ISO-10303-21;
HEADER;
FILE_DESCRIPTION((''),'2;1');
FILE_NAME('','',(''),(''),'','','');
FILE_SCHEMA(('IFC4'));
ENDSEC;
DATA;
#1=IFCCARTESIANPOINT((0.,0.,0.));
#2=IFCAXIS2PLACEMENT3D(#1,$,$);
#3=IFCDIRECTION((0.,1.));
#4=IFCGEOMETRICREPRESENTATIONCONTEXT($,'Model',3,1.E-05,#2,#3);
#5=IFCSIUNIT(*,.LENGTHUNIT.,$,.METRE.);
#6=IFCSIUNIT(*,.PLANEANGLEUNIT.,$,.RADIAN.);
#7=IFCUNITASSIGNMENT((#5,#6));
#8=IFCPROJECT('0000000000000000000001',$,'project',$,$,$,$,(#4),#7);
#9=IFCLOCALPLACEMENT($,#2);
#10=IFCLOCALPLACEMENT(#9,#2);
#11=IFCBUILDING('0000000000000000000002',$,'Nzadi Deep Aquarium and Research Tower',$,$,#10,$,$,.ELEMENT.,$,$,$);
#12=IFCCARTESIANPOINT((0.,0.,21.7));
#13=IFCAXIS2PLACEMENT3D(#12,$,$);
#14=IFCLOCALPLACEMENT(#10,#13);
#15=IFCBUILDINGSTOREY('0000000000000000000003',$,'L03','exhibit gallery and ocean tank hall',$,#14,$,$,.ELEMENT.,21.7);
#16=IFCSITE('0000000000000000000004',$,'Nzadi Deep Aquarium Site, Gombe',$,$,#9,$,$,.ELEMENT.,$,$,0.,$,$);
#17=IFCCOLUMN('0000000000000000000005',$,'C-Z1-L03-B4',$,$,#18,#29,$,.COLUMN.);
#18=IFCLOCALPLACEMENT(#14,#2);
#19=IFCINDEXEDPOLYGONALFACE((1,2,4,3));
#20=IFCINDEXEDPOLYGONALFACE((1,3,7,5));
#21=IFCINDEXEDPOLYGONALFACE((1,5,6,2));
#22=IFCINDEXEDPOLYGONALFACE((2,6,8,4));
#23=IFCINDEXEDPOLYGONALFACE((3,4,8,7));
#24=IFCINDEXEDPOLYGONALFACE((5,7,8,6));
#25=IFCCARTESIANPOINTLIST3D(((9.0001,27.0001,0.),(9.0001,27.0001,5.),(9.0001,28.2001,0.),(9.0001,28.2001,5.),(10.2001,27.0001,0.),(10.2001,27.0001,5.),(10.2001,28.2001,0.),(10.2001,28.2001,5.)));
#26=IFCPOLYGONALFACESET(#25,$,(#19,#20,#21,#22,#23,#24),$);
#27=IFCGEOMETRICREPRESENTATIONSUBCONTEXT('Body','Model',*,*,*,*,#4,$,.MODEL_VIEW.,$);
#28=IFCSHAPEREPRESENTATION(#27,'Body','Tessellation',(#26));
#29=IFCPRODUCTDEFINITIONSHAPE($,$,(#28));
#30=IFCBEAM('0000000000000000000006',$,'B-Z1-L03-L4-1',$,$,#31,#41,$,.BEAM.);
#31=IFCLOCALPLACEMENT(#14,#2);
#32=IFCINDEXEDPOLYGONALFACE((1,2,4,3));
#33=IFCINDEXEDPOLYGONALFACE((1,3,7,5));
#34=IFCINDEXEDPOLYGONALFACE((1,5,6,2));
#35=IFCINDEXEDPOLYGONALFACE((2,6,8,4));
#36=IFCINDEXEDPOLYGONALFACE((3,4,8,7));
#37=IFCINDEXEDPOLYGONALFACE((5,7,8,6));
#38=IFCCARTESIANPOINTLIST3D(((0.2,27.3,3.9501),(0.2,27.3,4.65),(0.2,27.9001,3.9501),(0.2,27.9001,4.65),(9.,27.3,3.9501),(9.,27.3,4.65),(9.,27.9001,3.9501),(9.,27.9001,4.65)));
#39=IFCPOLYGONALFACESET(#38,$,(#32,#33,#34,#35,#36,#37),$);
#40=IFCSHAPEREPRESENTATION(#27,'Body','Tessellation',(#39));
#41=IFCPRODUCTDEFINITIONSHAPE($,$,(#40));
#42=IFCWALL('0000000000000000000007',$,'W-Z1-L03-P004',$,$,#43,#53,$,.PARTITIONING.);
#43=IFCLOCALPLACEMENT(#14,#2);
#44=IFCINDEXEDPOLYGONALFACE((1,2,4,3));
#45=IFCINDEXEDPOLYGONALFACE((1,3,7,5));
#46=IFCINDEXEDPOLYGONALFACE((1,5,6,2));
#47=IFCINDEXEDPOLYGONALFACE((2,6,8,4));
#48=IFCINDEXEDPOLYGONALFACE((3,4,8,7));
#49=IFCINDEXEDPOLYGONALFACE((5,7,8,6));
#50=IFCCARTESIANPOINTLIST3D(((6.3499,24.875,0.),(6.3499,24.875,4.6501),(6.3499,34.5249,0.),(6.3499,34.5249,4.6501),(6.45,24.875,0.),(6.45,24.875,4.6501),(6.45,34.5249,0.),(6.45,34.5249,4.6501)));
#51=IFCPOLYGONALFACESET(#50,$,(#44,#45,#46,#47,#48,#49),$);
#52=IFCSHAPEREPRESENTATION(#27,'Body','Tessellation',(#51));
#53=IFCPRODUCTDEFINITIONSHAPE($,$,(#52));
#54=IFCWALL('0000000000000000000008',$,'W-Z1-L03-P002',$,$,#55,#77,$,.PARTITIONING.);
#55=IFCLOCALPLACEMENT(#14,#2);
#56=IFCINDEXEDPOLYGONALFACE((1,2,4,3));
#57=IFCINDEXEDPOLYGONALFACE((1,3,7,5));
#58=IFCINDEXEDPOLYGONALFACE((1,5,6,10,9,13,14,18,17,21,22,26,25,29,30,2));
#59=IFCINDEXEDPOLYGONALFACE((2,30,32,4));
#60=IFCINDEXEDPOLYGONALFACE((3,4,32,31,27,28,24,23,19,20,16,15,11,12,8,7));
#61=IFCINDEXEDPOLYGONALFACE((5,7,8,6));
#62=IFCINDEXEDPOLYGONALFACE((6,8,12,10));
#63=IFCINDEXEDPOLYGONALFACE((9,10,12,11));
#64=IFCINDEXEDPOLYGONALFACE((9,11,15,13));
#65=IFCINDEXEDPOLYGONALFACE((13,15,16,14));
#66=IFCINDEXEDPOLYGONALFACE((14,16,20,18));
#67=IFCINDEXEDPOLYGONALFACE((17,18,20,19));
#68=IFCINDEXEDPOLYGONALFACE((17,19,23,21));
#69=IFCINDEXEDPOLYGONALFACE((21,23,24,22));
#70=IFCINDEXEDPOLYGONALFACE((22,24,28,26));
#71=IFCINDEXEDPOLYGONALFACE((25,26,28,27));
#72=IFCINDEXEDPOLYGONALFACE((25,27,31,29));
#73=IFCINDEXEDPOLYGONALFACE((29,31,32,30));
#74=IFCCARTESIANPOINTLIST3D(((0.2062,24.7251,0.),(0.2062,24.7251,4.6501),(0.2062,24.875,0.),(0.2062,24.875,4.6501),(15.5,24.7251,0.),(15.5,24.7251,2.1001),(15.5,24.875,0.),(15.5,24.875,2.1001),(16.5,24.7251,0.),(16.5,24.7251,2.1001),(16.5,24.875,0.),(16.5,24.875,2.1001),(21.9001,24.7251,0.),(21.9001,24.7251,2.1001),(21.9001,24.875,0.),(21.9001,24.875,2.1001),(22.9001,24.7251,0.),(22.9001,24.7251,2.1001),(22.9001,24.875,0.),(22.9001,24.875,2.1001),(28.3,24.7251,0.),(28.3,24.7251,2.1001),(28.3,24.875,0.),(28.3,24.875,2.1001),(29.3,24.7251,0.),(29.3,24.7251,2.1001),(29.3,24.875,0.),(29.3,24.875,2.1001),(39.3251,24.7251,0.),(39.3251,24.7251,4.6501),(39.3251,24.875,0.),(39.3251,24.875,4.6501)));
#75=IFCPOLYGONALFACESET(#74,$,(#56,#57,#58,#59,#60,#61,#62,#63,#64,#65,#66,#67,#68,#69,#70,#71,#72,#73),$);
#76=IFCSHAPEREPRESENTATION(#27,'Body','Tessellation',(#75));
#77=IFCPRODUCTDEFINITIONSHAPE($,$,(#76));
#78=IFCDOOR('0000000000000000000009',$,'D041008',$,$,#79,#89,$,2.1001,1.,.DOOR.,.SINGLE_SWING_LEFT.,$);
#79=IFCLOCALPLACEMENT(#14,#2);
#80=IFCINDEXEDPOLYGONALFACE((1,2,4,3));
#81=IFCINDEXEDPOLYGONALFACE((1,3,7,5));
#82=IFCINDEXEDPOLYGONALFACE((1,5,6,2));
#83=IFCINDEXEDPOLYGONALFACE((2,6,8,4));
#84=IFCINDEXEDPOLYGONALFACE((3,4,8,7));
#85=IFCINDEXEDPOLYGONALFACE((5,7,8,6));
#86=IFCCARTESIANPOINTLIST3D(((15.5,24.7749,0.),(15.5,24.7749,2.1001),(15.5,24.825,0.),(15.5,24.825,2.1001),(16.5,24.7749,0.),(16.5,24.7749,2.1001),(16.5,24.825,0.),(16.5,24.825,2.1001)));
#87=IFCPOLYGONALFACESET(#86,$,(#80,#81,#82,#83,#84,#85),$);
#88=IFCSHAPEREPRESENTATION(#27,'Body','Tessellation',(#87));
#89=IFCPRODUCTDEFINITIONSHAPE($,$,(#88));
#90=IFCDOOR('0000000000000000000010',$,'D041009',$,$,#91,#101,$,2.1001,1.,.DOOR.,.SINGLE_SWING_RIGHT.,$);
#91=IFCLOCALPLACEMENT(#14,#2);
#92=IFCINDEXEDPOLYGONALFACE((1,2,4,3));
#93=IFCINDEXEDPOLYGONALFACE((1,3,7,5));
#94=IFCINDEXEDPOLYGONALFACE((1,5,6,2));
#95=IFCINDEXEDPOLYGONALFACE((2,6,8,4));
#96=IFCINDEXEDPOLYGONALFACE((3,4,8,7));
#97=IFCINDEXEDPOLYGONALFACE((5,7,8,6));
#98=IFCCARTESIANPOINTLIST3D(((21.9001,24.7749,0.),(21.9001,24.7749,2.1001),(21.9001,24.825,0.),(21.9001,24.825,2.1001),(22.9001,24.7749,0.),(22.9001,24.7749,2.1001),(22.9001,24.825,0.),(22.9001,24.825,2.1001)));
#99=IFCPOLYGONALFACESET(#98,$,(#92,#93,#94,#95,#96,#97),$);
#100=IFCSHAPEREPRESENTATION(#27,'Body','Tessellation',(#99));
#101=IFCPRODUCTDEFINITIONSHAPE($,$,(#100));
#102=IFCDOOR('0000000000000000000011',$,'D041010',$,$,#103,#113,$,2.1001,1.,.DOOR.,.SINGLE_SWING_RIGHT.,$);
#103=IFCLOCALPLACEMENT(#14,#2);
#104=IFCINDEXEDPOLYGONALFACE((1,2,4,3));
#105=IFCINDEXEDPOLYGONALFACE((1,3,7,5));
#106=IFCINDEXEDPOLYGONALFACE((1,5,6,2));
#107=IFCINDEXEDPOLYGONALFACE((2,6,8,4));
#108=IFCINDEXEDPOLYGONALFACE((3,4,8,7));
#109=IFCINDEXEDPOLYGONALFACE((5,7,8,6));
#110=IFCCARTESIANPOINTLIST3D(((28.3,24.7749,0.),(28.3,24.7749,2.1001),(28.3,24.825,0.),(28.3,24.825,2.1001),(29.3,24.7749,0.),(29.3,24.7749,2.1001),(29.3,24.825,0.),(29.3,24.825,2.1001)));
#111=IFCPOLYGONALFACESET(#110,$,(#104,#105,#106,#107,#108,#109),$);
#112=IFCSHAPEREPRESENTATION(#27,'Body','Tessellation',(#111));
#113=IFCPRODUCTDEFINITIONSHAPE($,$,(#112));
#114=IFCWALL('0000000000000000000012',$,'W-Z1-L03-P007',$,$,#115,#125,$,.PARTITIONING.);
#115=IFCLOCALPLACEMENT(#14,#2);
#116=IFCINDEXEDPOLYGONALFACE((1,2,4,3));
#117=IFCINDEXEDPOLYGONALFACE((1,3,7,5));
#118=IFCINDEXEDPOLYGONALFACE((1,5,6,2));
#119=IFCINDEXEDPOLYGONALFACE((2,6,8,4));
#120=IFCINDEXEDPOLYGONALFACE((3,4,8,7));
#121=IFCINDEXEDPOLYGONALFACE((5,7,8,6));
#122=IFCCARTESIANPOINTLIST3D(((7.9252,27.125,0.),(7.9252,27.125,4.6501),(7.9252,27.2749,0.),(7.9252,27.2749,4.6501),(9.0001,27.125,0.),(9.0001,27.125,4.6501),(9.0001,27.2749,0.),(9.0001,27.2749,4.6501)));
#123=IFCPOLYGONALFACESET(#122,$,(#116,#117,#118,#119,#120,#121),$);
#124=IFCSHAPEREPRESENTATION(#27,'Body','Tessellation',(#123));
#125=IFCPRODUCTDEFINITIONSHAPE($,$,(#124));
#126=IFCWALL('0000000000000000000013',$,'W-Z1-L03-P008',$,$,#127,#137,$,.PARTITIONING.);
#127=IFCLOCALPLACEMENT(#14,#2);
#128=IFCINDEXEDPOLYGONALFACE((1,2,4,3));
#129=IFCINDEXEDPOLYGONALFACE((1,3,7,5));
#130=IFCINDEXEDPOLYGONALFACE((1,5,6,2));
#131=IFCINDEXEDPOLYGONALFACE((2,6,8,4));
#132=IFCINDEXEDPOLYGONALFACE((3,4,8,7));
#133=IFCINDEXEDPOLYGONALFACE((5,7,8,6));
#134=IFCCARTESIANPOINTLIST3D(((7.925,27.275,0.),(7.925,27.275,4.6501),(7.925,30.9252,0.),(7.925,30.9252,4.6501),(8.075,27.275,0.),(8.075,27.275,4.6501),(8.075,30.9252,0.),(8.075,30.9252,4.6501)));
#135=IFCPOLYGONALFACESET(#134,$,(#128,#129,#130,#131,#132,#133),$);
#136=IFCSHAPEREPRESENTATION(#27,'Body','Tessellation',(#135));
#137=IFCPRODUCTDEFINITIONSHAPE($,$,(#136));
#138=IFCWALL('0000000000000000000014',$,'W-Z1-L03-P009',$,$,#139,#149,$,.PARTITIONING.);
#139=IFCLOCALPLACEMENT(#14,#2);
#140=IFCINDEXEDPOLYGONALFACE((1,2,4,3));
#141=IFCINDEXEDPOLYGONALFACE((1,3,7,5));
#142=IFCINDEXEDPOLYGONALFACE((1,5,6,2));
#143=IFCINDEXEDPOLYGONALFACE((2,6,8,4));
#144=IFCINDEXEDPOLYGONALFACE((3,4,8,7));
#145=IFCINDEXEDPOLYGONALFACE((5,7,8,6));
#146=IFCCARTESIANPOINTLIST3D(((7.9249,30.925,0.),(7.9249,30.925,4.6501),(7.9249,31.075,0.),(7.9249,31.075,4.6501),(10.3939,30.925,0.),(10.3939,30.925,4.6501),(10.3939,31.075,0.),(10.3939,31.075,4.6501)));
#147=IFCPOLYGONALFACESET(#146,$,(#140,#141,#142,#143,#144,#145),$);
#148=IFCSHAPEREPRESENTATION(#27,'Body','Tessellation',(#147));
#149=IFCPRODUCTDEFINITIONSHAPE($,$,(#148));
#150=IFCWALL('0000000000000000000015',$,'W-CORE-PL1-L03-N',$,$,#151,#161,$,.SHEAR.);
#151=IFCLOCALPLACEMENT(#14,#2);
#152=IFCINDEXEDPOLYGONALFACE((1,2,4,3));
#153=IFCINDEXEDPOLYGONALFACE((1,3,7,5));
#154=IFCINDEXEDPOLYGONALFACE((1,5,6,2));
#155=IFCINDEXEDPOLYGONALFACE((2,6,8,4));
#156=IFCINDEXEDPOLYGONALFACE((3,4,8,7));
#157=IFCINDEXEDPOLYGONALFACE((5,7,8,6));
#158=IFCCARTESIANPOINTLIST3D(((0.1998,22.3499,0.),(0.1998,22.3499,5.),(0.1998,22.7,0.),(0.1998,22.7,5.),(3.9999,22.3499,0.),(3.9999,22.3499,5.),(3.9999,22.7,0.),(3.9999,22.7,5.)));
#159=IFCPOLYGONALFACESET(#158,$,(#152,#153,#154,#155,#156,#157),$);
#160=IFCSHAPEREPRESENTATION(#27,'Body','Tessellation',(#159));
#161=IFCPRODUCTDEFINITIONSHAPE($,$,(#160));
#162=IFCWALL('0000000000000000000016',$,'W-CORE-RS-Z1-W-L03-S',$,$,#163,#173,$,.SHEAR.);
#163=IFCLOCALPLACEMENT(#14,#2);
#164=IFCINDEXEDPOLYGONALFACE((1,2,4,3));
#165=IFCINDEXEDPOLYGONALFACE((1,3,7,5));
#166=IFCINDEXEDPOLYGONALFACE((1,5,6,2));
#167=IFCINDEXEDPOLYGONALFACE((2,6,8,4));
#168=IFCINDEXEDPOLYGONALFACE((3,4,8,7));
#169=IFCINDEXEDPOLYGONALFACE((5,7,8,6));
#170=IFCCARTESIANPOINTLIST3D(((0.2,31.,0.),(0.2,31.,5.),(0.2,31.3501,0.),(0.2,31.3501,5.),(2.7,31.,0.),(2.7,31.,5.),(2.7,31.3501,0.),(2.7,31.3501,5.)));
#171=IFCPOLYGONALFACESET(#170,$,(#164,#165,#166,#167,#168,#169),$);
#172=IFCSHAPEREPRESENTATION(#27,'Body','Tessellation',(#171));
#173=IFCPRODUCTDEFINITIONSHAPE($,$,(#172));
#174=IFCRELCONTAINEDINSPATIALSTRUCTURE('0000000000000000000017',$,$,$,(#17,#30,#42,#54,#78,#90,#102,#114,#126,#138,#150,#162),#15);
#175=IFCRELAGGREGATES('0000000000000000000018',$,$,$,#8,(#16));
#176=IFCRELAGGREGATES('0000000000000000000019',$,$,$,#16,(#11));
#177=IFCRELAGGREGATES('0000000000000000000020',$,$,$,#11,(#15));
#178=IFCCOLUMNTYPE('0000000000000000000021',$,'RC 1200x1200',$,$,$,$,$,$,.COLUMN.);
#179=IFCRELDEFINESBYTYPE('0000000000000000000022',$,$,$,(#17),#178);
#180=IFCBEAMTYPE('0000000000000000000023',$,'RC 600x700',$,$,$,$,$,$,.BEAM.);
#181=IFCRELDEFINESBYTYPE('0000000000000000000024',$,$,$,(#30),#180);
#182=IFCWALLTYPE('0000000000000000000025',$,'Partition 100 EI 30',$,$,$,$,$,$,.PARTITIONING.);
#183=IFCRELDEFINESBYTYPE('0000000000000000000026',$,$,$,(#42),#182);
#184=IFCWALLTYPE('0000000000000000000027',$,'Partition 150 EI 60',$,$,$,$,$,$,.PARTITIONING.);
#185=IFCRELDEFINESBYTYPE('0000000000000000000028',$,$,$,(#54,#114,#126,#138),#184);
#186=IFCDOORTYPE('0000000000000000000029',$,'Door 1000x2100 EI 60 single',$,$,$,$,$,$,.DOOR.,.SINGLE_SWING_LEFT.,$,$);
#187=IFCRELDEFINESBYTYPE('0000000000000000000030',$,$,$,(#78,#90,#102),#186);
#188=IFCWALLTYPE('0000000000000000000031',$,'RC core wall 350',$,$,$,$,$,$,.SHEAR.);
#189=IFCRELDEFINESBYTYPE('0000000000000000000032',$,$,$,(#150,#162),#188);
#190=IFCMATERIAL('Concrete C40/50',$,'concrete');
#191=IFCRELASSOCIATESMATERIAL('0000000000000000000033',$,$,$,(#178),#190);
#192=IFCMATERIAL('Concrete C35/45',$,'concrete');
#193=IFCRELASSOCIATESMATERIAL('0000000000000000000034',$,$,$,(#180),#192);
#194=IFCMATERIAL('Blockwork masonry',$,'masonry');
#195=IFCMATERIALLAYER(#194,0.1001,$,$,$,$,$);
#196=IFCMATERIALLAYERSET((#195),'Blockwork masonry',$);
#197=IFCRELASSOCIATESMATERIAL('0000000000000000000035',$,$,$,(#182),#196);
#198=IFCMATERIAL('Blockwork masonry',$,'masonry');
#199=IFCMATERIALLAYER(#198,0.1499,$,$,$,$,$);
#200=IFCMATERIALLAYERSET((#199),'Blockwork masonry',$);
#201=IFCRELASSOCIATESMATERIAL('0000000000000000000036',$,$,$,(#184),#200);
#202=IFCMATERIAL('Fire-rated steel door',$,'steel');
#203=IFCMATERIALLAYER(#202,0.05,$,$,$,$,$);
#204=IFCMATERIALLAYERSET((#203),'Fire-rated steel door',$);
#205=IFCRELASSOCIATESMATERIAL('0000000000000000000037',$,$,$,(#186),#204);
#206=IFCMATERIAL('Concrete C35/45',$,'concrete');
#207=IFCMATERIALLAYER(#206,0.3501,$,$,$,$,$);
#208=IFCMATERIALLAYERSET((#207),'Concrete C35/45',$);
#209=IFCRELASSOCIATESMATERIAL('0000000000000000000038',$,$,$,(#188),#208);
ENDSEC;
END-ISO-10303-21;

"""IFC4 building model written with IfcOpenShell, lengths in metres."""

from ifc_helpers import new_model, si_unit, direction, frame, frame_2d, origin, origin_2d, place, context, subcontext, project, spatial, rectangle, extrude, material, layer, layer_set, material_profile, profile_set, type_object, element, fill, save


model = new_model("IFC4")

# Units and contexts
model_context = context("Model", 3, precision=1e-05, world=origin(), true_north=direction((0.0, 1.0)))
body_context = subcontext(model_context, "Body", "Model", "MODEL_VIEW")
ifc_project = project(units=[si_unit("LENGTHUNIT", "METRE"), si_unit("PLANEANGLEUNIT", "RADIAN")], contexts=[model_context])

# Site, building, storey
site_placement = place(None, origin())
site = spatial("IfcSite", under=ifc_project, at=site_placement, Name="Nzadi Deep Aquarium Site, Gombe", CompositionType="ELEMENT", RefElevation=0.0)
building_placement = place(site_placement, origin())
building = spatial("IfcBuilding", under=site, at=building_placement, Name="Nzadi Deep Aquarium and Research Tower", CompositionType="ELEMENT")
storey_placement = place(building_placement, frame((0.0, 0.0, 21.7)))
storey = spatial("IfcBuildingStorey", under=building, at=storey_placement, Name="L03", Description="exhibit gallery and ocean tank hall", CompositionType="ELEMENT", Elevation=21.7)

# Column
ifc_material_1 = material(Name="Concrete C40/50", Category="concrete")
ifc_material_profile_1 = material_profile(ifc_material_1, rectangle(XDim=1.2, YDim=1.2, at=origin_2d()))
ifc_profile_set_1 = profile_set([ifc_material_profile_1], Name="Concrete C40/50")
column_type = type_object("IfcColumnType", Name="RC 1200x1200", PredefinedType="COLUMN", material=ifc_profile_set_1)
column_placement = place(storey_placement, frame((9.6001, 27.6001, 0.0), z_axis=(0.0, 0.0, 1.0), x_axis=(1.0, 0.0, 0.0)))
element("IfcColumn", 1, at=column_placement, inside=storey, type_object=column_type, Name="C-Z1-L03-B4", PredefinedType="COLUMN", context=body_context, shape_type="SweptSolid", body=[
    extrude(rectangle(XDim=1.2, YDim=1.2, at=origin_2d()), origin(), (0.0, 0.0, 1.0), 5.0),
])

# Beam
ifc_material_2 = material(Name="Concrete C35/45", Category="concrete")
ifc_material_profile_2 = material_profile(ifc_material_2, rectangle(XDim=0.6001, YDim=0.7, at=origin_2d()))
ifc_profile_set_2 = profile_set([ifc_material_profile_2], Name="Concrete C35/45")
beam_type = type_object("IfcBeamType", Name="RC 600x700", PredefinedType="BEAM", material=ifc_profile_set_2)
beam_placement = place(storey_placement, frame((0.2, 27.6001, 4.3), z_axis=(1.0, 0.0, 0.0), x_axis=(0.0, 1.0, 0.0)))
element("IfcBeam", 2, at=beam_placement, inside=storey, type_object=beam_type, Name="B-Z1-L03-L4-1", PredefinedType="BEAM", context=body_context, shape_type="SweptSolid", body=[
    extrude(rectangle(XDim=0.6001, YDim=0.7, at=origin_2d()), origin(), (0.0, 0.0, 1.0), 8.8),
])

# Wall
ifc_material_3 = material(Name="Blockwork masonry", Category="masonry")
ifc_layer_1 = layer(ifc_material_3, 0.1001)
ifc_layer_set_1 = layer_set([ifc_layer_1], Name="Blockwork masonry")
wall_type_1 = type_object("IfcWallType", Name="Partition 100 EI 30", PredefinedType="PARTITIONING", material=ifc_layer_set_1)
wall_1_placement = place(storey_placement, frame((6.3999, 24.875, 0.0), z_axis=(0.0, 0.0, 1.0), x_axis=(0.0, 1.0, 0.0)))
element("IfcWall", 3, at=wall_1_placement, inside=storey, type_object=wall_type_1, Name="W-Z1-L03-P004", PredefinedType="PARTITIONING", context=body_context, shape_type="SweptSolid", body=[
    extrude(rectangle(XDim=9.6499, YDim=0.1001, at=frame_2d((4.825, 0.0))), origin(), (0.0, 0.0, 1.0), 4.6501),
])

# Wall, openings, doors
ifc_material_4 = material(Name="Blockwork masonry", Category="masonry")
ifc_layer_2 = layer(ifc_material_4, 0.1499)
ifc_layer_set_2 = layer_set([ifc_layer_2], Name="Blockwork masonry")
wall_type_2 = type_object("IfcWallType", Name="Partition 150 EI 60", PredefinedType="PARTITIONING", material=ifc_layer_set_2)
wall_2_placement = place(storey_placement, frame((0.2061, 24.8, 0.0), z_axis=(0.0, 0.0, 1.0), x_axis=(1.0, 0.0, 0.0)))
wall_2 = element("IfcWall", 4, at=wall_2_placement, inside=storey, type_object=wall_type_2, Name="W-Z1-L03-P002", PredefinedType="PARTITIONING", context=body_context, shape_type="SweptSolid", body=[
    extrude(rectangle(XDim=39.1189, YDim=0.1499, at=frame_2d((19.5596, 0.0))), origin(), (0.0, 0.0, 1.0), 4.6501),
])
opening_1_placement = place(wall_2_placement, frame((15.2939, 0.0, 0.0)))
opening_1 = element("IfcOpeningElement", 5, at=opening_1_placement, cuts=wall_2, PredefinedType="OPENING", context=body_context, shape_type="SweptSolid", body=[
    extrude(rectangle(XDim=1.0, YDim=2.1001, at=frame_2d((0.5, 1.05))), frame((0.0, 0.085, 0.0), z_axis=(0.0, -1.0, 0.0), x_axis=(1.0, 0.0, 0.0)), (0.0, 0.0, 1.0), 0.1699),
])
opening_2_placement = place(wall_2_placement, frame((21.6941, 0.0, 0.0)))
opening_2 = element("IfcOpeningElement", 6, at=opening_2_placement, cuts=wall_2, PredefinedType="OPENING", context=body_context, shape_type="SweptSolid", body=[
    extrude(rectangle(XDim=1.0, YDim=2.1001, at=frame_2d((0.5, 1.05))), frame((0.0, 0.085, 0.0), z_axis=(0.0, -1.0, 0.0), x_axis=(1.0, 0.0, 0.0)), (0.0, 0.0, 1.0), 0.1699),
])
opening_3_placement = place(wall_2_placement, frame((28.094, 0.0, 0.0)))
opening_3 = element("IfcOpeningElement", 7, at=opening_3_placement, cuts=wall_2, PredefinedType="OPENING", context=body_context, shape_type="SweptSolid", body=[
    extrude(rectangle(XDim=1.0, YDim=2.1001, at=frame_2d((0.5, 1.05))), frame((0.0, 0.085, 0.0), z_axis=(0.0, -1.0, 0.0), x_axis=(1.0, 0.0, 0.0)), (0.0, 0.0, 1.0), 0.1699),
])
ifc_material_5 = material(Name="Fire-rated steel door", Category="steel")
ifc_layer_3 = layer(ifc_material_5, 0.05)
ifc_layer_set_3 = layer_set([ifc_layer_3], Name="Fire-rated steel door")
door_type = type_object("IfcDoorType", Name="Door 1000x2100 EI 60 single", OperationType="SINGLE_SWING_LEFT", PredefinedType="DOOR", material=ifc_layer_set_3)
door_1_placement = place(opening_1_placement, origin())
door_1 = element("IfcDoor", 8, at=door_1_placement, inside=storey, type_object=door_type, Name="D041008", OperationType="SINGLE_SWING_LEFT", OverallHeight=2.1001, OverallWidth=1.0, PredefinedType="DOOR", context=body_context, shape_type="SweptSolid", body=[
    extrude(rectangle(XDim=1.0, YDim=2.1001, at=frame_2d((0.5, 1.05))), frame((0.0, 0.0249, 0.0), z_axis=(0.0, -1.0, 0.0), x_axis=(1.0, 0.0, 0.0)), (0.0, 0.0, 1.0), 0.05),
])
fill(opening_1, door_1)
door_2_placement = place(opening_2_placement, origin())
door_2 = element("IfcDoor", 9, at=door_2_placement, inside=storey, type_object=door_type, Name="D041009", OperationType="SINGLE_SWING_RIGHT", OverallHeight=2.1001, OverallWidth=1.0, PredefinedType="DOOR", context=body_context, shape_type="SweptSolid", body=[
    extrude(rectangle(XDim=1.0, YDim=2.1001, at=frame_2d((0.5, 1.05))), frame((0.0, 0.0249, 0.0), z_axis=(0.0, -1.0, 0.0), x_axis=(1.0, 0.0, 0.0)), (0.0, 0.0, 1.0), 0.05),
])
fill(opening_2, door_2)
door_3_placement = place(opening_3_placement, origin())
door_3 = element("IfcDoor", 10, at=door_3_placement, inside=storey, type_object=door_type, Name="D041010", OperationType="SINGLE_SWING_RIGHT", OverallHeight=2.1001, OverallWidth=1.0, PredefinedType="DOOR", context=body_context, shape_type="SweptSolid", body=[
    extrude(rectangle(XDim=1.0, YDim=2.1001, at=frame_2d((0.5, 1.05))), frame((0.0, 0.0249, 0.0), z_axis=(0.0, -1.0, 0.0), x_axis=(1.0, 0.0, 0.0)), (0.0, 0.0, 1.0), 0.05),
])
fill(opening_3, door_3)

# Walls
wall_3_placement = place(storey_placement, frame((7.925, 27.2, 0.0), z_axis=(0.0, 0.0, 1.0), x_axis=(1.0, 0.0, 0.0)))
element("IfcWall", 11, at=wall_3_placement, inside=storey, type_object=wall_type_2, Name="W-Z1-L03-P007", PredefinedType="PARTITIONING", context=body_context, shape_type="SweptSolid", body=[
    extrude(rectangle(XDim=1.075, YDim=0.1499, at=frame_2d((0.5376, 0.0))), origin(), (0.0, 0.0, 1.0), 4.6501),
])
wall_4_placement = place(storey_placement, frame((8.0, 27.2749, 0.0), z_axis=(0.0, 0.0, 1.0), x_axis=(0.0, 1.0, 0.0)))
element("IfcWall", 12, at=wall_4_placement, inside=storey, type_object=wall_type_2, Name="W-Z1-L03-P008", PredefinedType="PARTITIONING", context=body_context, shape_type="SweptSolid", body=[
    extrude(rectangle(XDim=3.6501, YDim=0.1499, at=frame_2d((1.8252, 0.0))), origin(), (0.0, 0.0, 1.0), 4.6501),
])
wall_5_placement = place(storey_placement, frame((7.925, 31.0, 0.0), z_axis=(0.0, 0.0, 1.0), x_axis=(1.0, 0.0, 0.0)))
element("IfcWall", 13, at=wall_5_placement, inside=storey, type_object=wall_type_2, Name="W-Z1-L03-P009", PredefinedType="PARTITIONING", context=body_context, shape_type="SweptSolid", body=[
    extrude(rectangle(XDim=2.469, YDim=0.1499, at=frame_2d((1.2344, 0.0))), origin(), (0.0, 0.0, 1.0), 4.6501),
])
ifc_material_6 = material(Name="Concrete C35/45", Category="concrete")
ifc_layer_4 = layer(ifc_material_6, 0.3501)
ifc_layer_set_4 = layer_set([ifc_layer_4], Name="Concrete C35/45")
wall_type_3 = type_object("IfcWallType", Name="RC core wall 350", PredefinedType="SHEAR", material=ifc_layer_set_4)
wall_6_placement = place(storey_placement, frame((0.2, 22.5249, 0.0), z_axis=(0.0, 0.0, 1.0), x_axis=(1.0, 0.0, 0.0)))
element("IfcWall", 14, at=wall_6_placement, inside=storey, type_object=wall_type_3, Name="W-CORE-PL1-L03-N", PredefinedType="SHEAR", context=body_context, shape_type="SweptSolid", body=[
    extrude(rectangle(XDim=3.8, YDim=0.3501, at=frame_2d((1.8999, 0.0))), origin(), (0.0, 0.0, 1.0), 5.0),
])
wall_7_placement = place(storey_placement, frame((0.2, 31.175, 0.0), z_axis=(0.0, 0.0, 1.0), x_axis=(1.0, 0.0, 0.0)))
element("IfcWall", 15, at=wall_7_placement, inside=storey, type_object=wall_type_3, Name="W-CORE-RS-Z1-W-L03-S", PredefinedType="SHEAR", context=body_context, shape_type="SweptSolid", body=[
    extrude(rectangle(XDim=2.5, YDim=0.3501, at=frame_2d((1.25, 0.0))), origin(), (0.0, 0.0, 1.0), 5.0),
])

save(model, "model.ifc")
